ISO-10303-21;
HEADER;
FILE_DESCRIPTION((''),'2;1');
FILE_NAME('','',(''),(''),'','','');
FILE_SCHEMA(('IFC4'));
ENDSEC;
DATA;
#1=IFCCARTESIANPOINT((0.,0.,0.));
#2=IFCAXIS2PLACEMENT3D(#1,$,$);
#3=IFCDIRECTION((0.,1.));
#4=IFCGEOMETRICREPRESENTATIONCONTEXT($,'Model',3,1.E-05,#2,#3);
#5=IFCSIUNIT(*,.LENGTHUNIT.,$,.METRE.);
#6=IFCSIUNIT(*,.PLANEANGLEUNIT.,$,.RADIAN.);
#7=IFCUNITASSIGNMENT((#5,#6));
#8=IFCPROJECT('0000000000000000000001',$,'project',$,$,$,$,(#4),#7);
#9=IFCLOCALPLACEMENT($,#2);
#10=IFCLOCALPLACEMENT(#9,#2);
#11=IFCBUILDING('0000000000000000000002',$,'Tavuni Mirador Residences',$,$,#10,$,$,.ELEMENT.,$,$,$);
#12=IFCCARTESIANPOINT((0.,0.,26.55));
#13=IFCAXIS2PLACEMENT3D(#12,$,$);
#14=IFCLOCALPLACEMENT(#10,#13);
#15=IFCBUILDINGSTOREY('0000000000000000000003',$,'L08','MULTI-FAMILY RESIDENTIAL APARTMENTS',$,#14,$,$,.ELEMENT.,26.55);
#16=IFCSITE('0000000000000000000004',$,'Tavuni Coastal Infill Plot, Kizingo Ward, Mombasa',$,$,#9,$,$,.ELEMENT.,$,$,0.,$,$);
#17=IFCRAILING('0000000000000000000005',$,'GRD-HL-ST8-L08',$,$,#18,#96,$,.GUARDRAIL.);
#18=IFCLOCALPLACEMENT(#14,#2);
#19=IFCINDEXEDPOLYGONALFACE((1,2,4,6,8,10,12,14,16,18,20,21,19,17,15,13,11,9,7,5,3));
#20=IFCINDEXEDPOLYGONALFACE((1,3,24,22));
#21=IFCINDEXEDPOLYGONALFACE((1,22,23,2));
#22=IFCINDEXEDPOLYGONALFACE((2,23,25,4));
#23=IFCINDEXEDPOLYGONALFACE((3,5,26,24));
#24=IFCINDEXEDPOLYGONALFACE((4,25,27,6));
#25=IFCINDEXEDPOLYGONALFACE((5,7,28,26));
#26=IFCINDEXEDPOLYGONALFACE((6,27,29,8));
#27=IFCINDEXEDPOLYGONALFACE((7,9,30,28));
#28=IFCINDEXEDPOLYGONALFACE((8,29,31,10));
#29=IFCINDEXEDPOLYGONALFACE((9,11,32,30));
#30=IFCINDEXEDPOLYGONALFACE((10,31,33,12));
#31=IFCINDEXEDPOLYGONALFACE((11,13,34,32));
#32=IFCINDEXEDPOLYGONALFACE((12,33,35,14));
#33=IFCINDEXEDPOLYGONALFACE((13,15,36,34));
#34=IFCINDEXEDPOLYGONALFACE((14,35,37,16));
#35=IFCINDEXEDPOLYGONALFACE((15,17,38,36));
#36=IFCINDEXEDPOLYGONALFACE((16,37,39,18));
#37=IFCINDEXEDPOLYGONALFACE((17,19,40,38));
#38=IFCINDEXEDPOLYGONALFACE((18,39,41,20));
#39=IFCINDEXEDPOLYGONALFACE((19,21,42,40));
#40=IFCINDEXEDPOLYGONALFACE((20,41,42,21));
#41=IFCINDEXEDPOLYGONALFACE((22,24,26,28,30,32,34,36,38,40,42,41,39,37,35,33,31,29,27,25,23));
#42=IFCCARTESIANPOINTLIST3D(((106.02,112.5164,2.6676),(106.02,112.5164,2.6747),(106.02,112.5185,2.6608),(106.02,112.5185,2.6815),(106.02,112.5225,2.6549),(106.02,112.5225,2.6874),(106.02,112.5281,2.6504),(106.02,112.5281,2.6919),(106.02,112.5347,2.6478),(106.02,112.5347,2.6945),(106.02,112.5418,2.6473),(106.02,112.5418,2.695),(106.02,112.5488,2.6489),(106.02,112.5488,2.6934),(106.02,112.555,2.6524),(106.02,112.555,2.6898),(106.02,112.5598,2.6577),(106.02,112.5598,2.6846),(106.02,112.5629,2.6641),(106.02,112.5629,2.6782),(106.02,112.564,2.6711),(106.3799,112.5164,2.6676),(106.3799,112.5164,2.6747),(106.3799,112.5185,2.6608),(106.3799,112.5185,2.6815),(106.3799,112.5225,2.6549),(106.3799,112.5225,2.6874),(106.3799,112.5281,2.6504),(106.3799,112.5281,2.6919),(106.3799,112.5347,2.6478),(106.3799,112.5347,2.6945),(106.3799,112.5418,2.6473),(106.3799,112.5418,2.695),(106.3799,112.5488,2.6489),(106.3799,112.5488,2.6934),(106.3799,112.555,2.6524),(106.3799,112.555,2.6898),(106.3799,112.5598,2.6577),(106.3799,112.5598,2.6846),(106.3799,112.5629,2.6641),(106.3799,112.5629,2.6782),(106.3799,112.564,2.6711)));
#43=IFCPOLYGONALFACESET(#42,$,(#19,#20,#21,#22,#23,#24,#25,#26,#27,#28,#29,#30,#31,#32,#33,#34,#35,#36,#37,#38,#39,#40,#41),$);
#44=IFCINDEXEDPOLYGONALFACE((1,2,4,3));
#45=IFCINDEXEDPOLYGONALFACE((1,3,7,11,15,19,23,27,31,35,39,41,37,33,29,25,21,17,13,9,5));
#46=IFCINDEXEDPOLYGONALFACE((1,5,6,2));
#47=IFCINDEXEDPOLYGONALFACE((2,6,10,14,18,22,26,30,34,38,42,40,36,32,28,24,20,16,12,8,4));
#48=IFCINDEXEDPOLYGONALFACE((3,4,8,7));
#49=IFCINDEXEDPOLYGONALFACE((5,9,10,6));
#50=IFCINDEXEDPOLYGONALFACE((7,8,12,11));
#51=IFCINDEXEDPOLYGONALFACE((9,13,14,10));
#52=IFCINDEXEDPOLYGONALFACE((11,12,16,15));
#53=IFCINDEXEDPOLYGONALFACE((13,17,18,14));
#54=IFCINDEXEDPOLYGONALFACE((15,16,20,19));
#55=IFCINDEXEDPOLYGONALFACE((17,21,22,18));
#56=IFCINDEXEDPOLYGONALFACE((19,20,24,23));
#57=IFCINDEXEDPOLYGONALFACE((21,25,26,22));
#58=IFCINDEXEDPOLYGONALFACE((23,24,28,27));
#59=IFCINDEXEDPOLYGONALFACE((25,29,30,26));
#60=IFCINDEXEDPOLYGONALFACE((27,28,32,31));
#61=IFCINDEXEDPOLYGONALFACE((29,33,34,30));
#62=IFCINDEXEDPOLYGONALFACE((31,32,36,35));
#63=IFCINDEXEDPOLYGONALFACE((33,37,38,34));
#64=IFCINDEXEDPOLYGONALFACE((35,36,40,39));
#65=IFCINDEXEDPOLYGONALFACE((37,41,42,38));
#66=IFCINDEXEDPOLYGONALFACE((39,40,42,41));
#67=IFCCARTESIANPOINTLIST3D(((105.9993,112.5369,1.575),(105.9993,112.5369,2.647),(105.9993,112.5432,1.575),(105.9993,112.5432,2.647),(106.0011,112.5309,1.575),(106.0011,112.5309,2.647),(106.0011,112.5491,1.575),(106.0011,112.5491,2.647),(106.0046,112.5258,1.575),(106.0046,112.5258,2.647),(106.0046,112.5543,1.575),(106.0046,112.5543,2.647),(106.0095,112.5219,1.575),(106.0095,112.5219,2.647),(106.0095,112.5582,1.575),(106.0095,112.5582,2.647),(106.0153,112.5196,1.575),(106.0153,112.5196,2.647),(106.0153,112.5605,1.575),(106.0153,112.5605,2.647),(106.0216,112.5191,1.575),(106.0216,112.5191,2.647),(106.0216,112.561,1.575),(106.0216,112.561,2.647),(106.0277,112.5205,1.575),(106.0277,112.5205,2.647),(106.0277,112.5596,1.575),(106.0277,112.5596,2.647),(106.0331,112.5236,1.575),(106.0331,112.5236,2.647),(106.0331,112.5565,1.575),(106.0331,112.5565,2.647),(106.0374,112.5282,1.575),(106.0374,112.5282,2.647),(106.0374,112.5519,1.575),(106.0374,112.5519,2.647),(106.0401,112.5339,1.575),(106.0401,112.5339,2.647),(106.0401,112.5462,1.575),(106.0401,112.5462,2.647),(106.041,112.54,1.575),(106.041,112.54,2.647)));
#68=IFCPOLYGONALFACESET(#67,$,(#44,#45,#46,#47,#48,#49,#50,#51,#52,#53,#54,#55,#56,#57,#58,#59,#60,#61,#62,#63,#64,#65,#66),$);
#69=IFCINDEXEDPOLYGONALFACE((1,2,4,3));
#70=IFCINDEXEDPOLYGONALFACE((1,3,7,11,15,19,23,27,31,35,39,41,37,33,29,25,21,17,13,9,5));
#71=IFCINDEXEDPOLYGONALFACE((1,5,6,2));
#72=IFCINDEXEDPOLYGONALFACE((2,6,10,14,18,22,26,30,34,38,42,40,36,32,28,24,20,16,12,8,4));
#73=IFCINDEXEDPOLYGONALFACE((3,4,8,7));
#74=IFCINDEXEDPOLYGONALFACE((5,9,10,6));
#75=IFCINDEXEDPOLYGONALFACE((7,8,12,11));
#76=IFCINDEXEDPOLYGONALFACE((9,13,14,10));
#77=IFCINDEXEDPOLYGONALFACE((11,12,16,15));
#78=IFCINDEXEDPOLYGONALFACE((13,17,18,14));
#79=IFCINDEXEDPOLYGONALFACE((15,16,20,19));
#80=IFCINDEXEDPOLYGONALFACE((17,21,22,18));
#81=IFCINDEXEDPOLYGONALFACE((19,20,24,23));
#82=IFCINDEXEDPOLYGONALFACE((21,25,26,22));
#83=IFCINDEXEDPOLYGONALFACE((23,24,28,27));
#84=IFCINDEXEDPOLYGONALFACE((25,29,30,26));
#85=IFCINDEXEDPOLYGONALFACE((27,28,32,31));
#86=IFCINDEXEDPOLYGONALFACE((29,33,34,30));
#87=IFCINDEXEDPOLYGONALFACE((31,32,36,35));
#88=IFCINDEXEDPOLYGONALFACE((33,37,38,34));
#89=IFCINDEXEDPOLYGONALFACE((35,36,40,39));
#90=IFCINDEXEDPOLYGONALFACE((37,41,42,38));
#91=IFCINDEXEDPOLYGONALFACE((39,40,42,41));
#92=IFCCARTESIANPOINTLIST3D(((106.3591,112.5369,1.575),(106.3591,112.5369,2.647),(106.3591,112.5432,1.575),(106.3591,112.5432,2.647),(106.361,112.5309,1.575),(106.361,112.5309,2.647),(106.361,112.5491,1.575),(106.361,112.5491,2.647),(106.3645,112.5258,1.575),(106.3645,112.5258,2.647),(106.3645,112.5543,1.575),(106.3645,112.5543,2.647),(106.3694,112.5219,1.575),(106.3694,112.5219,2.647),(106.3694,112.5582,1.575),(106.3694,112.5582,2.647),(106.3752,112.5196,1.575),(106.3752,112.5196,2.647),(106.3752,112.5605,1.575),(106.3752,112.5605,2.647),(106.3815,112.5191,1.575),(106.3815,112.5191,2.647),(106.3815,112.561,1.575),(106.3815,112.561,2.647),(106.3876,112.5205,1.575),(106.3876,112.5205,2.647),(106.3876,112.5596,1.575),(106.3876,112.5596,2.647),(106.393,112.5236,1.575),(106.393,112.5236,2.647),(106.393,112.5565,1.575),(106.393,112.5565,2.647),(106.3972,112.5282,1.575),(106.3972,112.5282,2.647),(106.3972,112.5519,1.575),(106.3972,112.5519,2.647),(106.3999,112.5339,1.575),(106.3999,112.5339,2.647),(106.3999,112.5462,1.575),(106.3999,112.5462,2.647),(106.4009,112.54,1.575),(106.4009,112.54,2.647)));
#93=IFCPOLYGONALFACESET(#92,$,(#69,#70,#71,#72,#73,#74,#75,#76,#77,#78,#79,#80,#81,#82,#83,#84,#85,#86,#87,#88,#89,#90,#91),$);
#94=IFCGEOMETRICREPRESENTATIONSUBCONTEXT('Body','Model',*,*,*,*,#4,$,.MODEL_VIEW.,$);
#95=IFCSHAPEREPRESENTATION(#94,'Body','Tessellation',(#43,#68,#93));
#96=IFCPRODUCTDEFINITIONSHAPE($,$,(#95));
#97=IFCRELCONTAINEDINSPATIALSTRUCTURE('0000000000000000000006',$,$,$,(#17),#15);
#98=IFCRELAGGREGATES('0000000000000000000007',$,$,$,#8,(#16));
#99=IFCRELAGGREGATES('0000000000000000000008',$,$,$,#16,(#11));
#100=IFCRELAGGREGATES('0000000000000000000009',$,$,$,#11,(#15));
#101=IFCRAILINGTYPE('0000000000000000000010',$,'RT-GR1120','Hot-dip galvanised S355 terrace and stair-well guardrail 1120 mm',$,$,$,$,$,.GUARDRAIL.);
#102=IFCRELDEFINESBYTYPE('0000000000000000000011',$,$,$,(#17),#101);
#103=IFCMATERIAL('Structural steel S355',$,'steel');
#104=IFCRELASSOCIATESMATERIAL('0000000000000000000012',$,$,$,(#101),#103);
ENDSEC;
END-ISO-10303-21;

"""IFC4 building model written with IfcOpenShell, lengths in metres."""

from ifc_helpers import new_model, si_unit, direction, frame, origin, origin_2d, place, context, subcontext, project, spatial, circle, extrude, material, type_object, element, save


model = new_model("IFC4")

# Units and contexts
model_context = context("Model", 3, precision=1e-05, world=origin(), true_north=direction((0.0, 1.0)))
body_context = subcontext(model_context, "Body", "Model", "MODEL_VIEW")
ifc_project = project(units=[si_unit("LENGTHUNIT", "METRE"), si_unit("PLANEANGLEUNIT", "RADIAN")], contexts=[model_context])

# Site, building, storey
site_placement = place(None, origin())
site = spatial("IfcSite", under=ifc_project, at=site_placement, Name="Tavuni Coastal Infill Plot, Kizingo Ward, Mombasa", CompositionType="ELEMENT", RefElevation=0.0)
building_placement = place(site_placement, origin())
building = spatial("IfcBuilding", under=site, at=building_placement, Name="Tavuni Mirador Residences", CompositionType="ELEMENT")
storey_placement = place(building_placement, frame((0.0, 0.0, 26.55)))
storey = spatial("IfcBuildingStorey", under=building, at=storey_placement, Name="L08", Description="MULTI-FAMILY RESIDENTIAL APARTMENTS", CompositionType="ELEMENT", Elevation=26.55)

# Railing
ifc_material_1 = material(Name="Structural steel S355", Category="steel")
railing_type_1 = type_object("IfcRailingType", Name="RT-GR1120", Description="Hot-dip galvanised S355 terrace and stair-well guardrail 1120 mm", PredefinedType="GUARDRAIL", material=ifc_material_1)
railing_1_placement = place(storey_placement, frame((106.02, 112.54, 1.575)))
element("IfcRailing", 1, at=railing_1_placement, inside=storey, type_object=railing_type_1, Name="GRD-HL-ST8-L08", PredefinedType="GUARDRAIL", context=body_context, shape_type="SweptSolid", body=[
    extrude(circle(Radius=0.0239, at=origin_2d()), frame((0.0, 0.0, 1.0962), z_axis=(1.0, 0.0, 0.0), x_axis=(0.0, 1.0, 0.0)), (0.0, 0.0, 1.0), 0.3599),
    extrude(circle(Radius=0.021, at=origin_2d()), origin(), (0.0, 0.0, 1.0), 1.072),
    extrude(circle(Radius=0.021, at=origin_2d()), frame((0.3599, 0.0, 0.0)), (0.0, 0.0, 1.0), 1.072),
])

save(model, "model.ifc")
